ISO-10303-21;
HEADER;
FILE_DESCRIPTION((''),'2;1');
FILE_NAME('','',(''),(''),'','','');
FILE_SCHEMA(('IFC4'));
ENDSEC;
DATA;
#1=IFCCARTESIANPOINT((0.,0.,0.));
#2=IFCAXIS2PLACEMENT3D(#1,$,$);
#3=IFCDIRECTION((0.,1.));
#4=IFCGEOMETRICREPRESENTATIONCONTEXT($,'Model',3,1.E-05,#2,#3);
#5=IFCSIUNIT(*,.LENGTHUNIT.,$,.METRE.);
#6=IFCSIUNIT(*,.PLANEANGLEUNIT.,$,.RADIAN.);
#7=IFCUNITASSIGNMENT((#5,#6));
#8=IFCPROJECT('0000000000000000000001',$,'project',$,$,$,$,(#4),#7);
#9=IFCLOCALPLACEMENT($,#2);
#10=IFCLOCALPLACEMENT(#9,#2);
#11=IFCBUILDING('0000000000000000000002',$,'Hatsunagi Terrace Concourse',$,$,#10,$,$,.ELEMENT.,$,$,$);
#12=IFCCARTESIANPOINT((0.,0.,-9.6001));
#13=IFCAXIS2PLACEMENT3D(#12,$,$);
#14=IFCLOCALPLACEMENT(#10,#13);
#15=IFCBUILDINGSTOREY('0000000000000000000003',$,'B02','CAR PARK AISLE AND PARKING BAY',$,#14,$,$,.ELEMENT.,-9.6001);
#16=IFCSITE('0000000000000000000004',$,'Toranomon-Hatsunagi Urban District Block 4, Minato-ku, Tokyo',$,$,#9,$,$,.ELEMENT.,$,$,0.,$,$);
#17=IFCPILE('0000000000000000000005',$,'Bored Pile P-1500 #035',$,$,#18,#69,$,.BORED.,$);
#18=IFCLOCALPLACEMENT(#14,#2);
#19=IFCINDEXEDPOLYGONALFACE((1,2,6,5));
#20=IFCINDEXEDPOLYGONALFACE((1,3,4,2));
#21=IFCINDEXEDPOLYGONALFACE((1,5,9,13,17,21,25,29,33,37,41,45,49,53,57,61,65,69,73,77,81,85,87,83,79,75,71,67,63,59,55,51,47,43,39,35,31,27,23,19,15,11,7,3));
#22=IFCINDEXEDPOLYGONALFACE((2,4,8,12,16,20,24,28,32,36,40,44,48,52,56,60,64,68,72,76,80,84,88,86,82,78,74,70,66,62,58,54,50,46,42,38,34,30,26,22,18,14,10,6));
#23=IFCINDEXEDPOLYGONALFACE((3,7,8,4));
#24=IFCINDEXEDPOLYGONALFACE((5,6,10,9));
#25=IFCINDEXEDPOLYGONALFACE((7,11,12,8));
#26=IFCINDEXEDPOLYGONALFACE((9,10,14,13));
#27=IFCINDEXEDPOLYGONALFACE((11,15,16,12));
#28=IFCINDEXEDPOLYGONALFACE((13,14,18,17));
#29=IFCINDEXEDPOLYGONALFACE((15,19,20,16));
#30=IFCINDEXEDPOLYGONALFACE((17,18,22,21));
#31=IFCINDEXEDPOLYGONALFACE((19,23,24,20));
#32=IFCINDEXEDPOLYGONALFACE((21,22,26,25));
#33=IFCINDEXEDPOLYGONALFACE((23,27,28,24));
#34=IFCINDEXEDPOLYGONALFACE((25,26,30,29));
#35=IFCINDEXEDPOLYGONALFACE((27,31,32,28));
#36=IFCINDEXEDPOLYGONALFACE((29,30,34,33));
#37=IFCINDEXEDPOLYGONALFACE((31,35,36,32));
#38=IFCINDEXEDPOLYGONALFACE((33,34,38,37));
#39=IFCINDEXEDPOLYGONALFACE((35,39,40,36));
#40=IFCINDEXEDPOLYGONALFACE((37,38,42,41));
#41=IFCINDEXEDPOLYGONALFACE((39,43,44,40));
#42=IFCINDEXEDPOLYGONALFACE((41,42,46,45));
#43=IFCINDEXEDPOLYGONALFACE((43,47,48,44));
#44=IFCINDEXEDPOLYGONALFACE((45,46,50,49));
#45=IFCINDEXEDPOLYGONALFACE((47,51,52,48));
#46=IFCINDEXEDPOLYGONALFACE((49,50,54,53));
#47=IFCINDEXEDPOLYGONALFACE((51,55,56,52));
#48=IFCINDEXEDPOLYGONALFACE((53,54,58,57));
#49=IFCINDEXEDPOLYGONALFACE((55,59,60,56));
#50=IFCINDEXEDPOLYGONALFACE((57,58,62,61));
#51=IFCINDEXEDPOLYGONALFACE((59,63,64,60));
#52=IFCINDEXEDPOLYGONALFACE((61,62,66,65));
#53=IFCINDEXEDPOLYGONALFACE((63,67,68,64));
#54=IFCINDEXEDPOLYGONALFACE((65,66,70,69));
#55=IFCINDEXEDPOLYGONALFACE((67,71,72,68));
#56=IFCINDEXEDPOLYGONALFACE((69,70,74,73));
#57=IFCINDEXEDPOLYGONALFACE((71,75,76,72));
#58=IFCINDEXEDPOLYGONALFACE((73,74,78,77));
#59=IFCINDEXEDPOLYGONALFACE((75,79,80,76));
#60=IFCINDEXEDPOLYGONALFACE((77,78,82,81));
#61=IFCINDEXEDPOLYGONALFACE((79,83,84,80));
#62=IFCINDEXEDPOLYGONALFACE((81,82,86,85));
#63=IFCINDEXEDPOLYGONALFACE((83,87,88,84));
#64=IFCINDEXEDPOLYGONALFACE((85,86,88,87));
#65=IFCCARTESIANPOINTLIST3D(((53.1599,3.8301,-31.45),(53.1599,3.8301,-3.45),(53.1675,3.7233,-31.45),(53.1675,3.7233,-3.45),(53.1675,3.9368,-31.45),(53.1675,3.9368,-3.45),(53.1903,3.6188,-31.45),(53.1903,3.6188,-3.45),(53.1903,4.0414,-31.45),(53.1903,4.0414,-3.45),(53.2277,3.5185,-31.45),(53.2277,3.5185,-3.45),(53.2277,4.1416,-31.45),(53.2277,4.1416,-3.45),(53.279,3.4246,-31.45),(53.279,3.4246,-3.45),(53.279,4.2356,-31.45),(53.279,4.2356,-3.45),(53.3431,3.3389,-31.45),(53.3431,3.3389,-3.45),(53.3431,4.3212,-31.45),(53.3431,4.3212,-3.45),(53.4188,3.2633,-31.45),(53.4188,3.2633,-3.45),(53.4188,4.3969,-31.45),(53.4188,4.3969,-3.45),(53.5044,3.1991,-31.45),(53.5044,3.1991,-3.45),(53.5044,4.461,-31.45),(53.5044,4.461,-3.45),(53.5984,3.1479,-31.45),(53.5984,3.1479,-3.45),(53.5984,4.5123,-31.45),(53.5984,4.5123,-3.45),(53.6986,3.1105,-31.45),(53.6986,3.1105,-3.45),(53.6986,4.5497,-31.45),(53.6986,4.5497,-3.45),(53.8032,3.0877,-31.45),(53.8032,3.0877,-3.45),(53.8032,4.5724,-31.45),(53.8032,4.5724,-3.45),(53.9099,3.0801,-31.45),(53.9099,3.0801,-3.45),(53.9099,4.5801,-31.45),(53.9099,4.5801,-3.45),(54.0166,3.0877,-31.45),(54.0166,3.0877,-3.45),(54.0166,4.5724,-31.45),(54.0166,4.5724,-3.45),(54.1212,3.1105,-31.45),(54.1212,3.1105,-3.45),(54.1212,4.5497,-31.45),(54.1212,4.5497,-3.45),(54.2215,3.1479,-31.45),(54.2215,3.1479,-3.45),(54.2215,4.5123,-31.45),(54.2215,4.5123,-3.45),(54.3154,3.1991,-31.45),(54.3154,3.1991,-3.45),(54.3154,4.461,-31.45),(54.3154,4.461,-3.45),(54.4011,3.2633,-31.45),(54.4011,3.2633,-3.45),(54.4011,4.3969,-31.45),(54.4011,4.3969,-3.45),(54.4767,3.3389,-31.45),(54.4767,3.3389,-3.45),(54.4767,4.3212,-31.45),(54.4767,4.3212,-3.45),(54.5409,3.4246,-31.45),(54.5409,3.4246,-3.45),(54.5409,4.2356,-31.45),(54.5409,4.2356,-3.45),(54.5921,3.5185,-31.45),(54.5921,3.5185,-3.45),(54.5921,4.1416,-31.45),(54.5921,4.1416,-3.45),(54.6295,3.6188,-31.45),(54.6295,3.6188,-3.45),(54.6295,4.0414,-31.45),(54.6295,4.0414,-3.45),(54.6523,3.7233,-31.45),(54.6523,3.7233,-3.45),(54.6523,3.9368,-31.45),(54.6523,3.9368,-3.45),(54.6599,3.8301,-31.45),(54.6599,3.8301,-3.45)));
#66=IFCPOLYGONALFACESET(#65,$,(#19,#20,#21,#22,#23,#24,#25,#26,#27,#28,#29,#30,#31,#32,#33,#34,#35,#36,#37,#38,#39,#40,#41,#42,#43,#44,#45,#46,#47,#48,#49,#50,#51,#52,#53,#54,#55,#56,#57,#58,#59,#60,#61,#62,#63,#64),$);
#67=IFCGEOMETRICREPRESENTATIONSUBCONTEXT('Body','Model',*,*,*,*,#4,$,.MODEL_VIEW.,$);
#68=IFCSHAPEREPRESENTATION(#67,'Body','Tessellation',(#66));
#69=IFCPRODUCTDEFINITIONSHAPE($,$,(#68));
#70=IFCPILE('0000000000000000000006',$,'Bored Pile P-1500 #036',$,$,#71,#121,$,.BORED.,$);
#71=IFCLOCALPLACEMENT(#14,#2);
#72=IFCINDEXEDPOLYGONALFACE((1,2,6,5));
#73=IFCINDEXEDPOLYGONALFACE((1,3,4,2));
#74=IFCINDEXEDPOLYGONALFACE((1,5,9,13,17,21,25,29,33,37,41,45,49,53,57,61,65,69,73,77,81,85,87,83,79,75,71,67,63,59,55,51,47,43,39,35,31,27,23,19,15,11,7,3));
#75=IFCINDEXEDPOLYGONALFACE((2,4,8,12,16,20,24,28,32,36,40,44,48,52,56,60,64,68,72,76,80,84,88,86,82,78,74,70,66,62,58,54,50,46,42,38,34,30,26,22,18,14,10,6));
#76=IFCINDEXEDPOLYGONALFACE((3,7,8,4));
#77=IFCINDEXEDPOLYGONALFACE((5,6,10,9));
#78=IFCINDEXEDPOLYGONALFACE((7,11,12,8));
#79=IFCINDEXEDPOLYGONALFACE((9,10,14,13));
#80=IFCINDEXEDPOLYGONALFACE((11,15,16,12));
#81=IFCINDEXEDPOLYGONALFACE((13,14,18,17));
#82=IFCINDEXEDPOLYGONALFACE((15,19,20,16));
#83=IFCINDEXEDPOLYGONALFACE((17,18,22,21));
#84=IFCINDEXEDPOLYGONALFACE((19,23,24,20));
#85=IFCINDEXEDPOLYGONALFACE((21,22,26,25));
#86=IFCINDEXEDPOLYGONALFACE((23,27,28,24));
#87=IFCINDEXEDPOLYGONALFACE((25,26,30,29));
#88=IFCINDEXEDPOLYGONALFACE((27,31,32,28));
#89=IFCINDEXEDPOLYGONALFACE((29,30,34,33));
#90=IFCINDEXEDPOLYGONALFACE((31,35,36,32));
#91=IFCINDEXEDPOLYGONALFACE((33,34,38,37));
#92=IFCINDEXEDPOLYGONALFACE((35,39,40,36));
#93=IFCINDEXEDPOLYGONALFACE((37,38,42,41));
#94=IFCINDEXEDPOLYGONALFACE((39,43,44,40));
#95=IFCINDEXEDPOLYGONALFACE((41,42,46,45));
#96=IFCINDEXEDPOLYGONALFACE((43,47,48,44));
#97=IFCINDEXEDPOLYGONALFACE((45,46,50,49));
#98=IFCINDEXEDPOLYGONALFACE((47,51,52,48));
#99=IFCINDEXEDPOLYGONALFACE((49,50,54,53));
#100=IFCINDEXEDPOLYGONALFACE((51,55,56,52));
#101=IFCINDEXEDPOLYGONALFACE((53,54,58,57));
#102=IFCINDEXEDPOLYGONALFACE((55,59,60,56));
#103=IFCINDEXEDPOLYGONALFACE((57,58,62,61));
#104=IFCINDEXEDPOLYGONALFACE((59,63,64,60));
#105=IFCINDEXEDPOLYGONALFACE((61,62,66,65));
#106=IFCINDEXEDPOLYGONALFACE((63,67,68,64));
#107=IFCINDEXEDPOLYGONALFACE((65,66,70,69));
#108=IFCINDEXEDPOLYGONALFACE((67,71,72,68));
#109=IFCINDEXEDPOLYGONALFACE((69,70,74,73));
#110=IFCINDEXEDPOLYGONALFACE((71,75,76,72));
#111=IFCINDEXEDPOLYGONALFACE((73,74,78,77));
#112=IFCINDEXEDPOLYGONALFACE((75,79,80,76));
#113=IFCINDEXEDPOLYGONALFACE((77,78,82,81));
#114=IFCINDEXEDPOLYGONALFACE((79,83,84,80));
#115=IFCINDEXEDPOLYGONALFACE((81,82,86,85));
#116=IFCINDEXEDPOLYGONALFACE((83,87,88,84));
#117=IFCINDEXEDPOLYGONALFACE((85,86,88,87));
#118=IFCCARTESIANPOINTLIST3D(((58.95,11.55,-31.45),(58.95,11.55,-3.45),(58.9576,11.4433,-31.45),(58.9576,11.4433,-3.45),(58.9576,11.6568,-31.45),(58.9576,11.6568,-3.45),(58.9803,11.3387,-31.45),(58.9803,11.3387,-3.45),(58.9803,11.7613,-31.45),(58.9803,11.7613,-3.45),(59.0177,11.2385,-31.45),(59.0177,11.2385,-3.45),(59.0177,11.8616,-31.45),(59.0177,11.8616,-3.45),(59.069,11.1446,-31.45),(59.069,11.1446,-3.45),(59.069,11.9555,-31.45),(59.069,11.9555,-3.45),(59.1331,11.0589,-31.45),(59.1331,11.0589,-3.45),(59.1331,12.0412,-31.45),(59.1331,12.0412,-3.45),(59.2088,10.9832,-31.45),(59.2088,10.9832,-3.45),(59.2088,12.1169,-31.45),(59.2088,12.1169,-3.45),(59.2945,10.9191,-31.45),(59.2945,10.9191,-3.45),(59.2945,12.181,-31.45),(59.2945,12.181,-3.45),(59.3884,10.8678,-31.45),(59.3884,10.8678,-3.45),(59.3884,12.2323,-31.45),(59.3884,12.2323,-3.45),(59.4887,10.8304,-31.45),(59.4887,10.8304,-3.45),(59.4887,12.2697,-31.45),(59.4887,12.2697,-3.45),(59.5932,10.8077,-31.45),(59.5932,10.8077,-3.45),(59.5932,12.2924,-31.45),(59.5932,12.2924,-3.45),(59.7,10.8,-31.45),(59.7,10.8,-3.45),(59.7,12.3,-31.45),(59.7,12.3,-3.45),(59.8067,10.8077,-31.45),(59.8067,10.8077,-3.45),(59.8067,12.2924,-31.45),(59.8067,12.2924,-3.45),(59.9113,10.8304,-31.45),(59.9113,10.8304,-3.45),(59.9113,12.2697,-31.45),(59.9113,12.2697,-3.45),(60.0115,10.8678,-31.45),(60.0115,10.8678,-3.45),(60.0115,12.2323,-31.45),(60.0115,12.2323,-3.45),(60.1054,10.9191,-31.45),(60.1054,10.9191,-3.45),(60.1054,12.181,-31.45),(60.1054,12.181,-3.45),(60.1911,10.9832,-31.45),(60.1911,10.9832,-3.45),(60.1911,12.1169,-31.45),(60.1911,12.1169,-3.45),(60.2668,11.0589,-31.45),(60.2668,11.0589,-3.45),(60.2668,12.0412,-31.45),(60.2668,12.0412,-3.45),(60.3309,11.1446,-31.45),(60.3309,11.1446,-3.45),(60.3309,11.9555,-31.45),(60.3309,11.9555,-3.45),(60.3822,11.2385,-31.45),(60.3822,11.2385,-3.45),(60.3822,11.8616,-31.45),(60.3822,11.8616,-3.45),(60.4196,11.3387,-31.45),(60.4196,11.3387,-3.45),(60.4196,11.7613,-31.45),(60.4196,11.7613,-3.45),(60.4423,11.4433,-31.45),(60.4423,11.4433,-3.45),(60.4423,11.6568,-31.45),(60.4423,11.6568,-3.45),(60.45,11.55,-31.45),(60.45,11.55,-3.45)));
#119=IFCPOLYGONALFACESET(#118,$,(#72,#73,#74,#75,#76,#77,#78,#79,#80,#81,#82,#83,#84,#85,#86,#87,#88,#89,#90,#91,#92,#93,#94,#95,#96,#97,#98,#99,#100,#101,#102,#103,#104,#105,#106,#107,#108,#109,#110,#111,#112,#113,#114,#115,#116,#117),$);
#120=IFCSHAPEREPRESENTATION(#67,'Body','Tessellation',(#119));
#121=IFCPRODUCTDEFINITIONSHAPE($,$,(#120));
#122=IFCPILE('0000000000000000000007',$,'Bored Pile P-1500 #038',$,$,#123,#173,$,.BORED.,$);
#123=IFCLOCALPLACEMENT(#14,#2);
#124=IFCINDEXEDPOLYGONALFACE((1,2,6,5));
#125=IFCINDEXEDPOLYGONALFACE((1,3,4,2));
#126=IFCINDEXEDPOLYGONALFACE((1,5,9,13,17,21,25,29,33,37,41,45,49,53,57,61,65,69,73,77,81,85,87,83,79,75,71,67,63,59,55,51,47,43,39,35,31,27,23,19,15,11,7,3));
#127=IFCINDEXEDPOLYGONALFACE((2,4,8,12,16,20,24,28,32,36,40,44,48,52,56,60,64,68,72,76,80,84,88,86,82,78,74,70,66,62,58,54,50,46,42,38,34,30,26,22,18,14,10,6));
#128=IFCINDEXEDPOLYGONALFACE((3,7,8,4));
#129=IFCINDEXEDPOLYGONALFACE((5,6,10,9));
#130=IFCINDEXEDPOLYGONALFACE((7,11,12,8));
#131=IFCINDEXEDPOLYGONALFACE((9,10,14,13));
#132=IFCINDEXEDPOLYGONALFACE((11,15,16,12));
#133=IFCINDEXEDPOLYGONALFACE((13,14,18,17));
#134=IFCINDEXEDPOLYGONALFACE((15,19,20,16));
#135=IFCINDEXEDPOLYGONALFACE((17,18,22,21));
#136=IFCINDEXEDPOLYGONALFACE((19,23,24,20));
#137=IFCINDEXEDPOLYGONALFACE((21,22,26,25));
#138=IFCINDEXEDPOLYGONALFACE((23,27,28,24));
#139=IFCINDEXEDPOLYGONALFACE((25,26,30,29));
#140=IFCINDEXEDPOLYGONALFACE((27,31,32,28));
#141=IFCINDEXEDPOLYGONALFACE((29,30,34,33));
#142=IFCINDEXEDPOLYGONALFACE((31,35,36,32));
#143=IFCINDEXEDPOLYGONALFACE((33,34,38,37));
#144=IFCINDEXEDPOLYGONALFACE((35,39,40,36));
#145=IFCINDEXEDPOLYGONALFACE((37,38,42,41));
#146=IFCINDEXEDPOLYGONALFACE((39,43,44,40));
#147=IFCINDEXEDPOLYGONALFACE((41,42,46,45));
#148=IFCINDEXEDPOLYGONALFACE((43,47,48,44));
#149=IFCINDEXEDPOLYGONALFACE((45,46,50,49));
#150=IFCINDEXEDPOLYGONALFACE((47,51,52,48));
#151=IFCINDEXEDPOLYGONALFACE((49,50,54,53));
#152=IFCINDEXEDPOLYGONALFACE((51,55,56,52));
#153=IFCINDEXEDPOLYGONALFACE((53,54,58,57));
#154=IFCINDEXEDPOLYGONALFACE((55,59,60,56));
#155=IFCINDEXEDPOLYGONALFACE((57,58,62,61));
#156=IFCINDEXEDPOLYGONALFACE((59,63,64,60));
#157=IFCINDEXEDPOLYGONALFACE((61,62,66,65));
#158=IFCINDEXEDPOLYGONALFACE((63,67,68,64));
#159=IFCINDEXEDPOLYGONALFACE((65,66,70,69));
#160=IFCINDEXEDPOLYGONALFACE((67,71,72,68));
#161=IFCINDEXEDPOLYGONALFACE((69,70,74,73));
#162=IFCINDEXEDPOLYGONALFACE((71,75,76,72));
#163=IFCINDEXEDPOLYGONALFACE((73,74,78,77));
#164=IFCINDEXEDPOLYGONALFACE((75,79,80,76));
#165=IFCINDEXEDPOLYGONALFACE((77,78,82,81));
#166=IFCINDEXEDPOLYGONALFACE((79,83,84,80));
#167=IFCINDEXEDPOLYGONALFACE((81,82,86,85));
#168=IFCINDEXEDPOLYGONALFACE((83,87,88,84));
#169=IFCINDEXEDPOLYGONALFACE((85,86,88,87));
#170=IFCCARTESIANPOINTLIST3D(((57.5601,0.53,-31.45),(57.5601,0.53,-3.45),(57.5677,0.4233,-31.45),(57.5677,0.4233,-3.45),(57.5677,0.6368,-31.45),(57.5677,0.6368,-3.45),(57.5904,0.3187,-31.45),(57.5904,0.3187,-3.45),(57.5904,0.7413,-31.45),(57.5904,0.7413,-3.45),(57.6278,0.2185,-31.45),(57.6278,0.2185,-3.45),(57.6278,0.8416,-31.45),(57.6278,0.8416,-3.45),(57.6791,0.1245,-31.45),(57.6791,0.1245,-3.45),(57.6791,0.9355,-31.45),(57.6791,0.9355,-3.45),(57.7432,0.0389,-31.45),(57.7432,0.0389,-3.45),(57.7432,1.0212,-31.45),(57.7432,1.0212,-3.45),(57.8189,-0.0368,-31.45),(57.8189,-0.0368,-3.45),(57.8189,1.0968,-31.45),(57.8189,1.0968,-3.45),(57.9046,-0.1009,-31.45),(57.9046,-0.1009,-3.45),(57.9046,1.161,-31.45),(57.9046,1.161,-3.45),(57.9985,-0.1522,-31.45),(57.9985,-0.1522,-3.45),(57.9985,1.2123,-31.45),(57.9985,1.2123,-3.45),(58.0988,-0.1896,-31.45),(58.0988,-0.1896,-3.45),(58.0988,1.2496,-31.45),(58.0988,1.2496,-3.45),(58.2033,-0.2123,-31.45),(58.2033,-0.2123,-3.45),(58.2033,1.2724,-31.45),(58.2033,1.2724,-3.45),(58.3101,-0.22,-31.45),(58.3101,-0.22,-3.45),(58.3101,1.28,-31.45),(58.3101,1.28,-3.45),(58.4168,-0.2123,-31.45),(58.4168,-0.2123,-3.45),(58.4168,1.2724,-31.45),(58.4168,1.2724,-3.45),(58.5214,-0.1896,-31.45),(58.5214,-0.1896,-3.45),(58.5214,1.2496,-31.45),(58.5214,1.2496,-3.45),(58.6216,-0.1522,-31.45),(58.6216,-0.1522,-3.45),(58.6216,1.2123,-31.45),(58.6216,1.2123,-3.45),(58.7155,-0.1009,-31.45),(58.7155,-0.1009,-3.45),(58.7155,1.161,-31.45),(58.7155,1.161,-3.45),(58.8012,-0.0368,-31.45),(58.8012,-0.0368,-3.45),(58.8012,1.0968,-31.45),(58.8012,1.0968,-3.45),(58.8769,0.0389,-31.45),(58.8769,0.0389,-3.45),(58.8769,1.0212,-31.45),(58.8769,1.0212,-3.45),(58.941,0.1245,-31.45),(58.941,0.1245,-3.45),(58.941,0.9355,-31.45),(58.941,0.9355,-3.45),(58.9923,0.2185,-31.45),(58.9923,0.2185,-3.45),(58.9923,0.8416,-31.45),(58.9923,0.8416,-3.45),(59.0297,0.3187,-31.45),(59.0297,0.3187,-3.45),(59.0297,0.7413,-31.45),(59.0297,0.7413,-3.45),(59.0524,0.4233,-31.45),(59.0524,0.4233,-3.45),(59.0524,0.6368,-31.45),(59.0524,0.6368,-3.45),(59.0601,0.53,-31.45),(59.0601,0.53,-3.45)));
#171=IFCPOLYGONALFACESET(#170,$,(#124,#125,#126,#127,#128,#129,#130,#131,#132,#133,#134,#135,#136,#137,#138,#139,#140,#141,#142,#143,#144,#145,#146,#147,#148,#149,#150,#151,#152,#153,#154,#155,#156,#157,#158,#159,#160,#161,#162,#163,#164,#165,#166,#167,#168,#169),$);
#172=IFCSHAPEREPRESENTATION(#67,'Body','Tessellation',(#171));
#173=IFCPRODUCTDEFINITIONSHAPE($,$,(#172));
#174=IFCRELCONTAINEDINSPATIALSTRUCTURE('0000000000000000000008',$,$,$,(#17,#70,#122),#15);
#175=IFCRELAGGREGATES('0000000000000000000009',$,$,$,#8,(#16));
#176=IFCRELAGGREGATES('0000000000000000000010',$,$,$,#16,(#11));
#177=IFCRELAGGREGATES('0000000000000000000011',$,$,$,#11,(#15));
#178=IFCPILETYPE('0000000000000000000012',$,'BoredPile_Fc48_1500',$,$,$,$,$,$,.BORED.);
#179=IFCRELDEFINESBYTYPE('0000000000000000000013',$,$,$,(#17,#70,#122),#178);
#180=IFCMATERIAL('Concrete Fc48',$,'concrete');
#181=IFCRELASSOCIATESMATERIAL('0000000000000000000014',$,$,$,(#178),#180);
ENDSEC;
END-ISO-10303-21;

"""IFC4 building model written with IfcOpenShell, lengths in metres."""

from ifc_helpers import new_model, si_unit, direction, frame, origin, origin_2d, place, context, subcontext, project, spatial, circle, extrude, material, material_profile, profile_set, type_object, element, save


model = new_model("IFC4")

# Units and contexts
model_context = context("Model", 3, precision=1e-05, world=origin(), true_north=direction((0.0, 1.0)))
body_context = subcontext(model_context, "Body", "Model", "MODEL_VIEW")
ifc_project = project(units=[si_unit("LENGTHUNIT", "METRE"), si_unit("PLANEANGLEUNIT", "RADIAN")], contexts=[model_context])

# Site, building, storey
site_placement = place(None, origin())
site = spatial("IfcSite", under=ifc_project, at=site_placement, Name="Toranomon-Hatsunagi Urban District Block 4, Minato-ku, Tokyo", CompositionType="ELEMENT", RefElevation=0.0)
building_placement = place(site_placement, origin())
building = spatial("IfcBuilding", under=site, at=building_placement, Name="Hatsunagi Terrace Concourse", CompositionType="ELEMENT")
storey_placement = place(building_placement, frame((0.0, 0.0, -9.6001)))
storey = spatial("IfcBuildingStorey", under=building, at=storey_placement, Name="B02", Description="CAR PARK AISLE AND PARKING BAY", CompositionType="ELEMENT", Elevation=-9.6001)

# Piles
ifc_material_1 = material(Name="Concrete Fc48", Category="concrete")
ifc_material_profile_1 = material_profile(ifc_material_1, circle(Radius=0.75, at=origin_2d()), Name="PILE-1500")
ifc_profile_set_1 = profile_set([ifc_material_profile_1], Name="Concrete Fc48")
pile_type = type_object("IfcPileType", Name="BoredPile_Fc48_1500", PredefinedType="BORED", material=ifc_profile_set_1)
for number, where, z_axis, x_axis, name in (
    (1, (53.9099, 3.8301, -3.45), (0.0, 0.0, -1.0), (1.0, 0.0, 0.0), "Bored Pile P-1500 #035"),
    (2, (59.7, 11.55, -3.45), (0.0, 0.0, -1.0), (1.0, 0.0, 0.0), "Bored Pile P-1500 #036"),
    (3, (58.3101, 0.53, -3.45), (0.0, 0.0, -1.0), (1.0, 0.0, 0.0), "Bored Pile P-1500 #038"),
):
    element("IfcPile", number, at=place(storey_placement, frame(where, z_axis=z_axis, x_axis=x_axis)), inside=storey, type_object=pile_type, Name=name, PredefinedType="BORED", context=body_context, shape_type="SweptSolid", body=[
        extrude(circle(Radius=0.75, at=origin_2d()), origin(), (0.0, 0.0, 1.0), 28.0),
    ])

save(model, "model.ifc")
